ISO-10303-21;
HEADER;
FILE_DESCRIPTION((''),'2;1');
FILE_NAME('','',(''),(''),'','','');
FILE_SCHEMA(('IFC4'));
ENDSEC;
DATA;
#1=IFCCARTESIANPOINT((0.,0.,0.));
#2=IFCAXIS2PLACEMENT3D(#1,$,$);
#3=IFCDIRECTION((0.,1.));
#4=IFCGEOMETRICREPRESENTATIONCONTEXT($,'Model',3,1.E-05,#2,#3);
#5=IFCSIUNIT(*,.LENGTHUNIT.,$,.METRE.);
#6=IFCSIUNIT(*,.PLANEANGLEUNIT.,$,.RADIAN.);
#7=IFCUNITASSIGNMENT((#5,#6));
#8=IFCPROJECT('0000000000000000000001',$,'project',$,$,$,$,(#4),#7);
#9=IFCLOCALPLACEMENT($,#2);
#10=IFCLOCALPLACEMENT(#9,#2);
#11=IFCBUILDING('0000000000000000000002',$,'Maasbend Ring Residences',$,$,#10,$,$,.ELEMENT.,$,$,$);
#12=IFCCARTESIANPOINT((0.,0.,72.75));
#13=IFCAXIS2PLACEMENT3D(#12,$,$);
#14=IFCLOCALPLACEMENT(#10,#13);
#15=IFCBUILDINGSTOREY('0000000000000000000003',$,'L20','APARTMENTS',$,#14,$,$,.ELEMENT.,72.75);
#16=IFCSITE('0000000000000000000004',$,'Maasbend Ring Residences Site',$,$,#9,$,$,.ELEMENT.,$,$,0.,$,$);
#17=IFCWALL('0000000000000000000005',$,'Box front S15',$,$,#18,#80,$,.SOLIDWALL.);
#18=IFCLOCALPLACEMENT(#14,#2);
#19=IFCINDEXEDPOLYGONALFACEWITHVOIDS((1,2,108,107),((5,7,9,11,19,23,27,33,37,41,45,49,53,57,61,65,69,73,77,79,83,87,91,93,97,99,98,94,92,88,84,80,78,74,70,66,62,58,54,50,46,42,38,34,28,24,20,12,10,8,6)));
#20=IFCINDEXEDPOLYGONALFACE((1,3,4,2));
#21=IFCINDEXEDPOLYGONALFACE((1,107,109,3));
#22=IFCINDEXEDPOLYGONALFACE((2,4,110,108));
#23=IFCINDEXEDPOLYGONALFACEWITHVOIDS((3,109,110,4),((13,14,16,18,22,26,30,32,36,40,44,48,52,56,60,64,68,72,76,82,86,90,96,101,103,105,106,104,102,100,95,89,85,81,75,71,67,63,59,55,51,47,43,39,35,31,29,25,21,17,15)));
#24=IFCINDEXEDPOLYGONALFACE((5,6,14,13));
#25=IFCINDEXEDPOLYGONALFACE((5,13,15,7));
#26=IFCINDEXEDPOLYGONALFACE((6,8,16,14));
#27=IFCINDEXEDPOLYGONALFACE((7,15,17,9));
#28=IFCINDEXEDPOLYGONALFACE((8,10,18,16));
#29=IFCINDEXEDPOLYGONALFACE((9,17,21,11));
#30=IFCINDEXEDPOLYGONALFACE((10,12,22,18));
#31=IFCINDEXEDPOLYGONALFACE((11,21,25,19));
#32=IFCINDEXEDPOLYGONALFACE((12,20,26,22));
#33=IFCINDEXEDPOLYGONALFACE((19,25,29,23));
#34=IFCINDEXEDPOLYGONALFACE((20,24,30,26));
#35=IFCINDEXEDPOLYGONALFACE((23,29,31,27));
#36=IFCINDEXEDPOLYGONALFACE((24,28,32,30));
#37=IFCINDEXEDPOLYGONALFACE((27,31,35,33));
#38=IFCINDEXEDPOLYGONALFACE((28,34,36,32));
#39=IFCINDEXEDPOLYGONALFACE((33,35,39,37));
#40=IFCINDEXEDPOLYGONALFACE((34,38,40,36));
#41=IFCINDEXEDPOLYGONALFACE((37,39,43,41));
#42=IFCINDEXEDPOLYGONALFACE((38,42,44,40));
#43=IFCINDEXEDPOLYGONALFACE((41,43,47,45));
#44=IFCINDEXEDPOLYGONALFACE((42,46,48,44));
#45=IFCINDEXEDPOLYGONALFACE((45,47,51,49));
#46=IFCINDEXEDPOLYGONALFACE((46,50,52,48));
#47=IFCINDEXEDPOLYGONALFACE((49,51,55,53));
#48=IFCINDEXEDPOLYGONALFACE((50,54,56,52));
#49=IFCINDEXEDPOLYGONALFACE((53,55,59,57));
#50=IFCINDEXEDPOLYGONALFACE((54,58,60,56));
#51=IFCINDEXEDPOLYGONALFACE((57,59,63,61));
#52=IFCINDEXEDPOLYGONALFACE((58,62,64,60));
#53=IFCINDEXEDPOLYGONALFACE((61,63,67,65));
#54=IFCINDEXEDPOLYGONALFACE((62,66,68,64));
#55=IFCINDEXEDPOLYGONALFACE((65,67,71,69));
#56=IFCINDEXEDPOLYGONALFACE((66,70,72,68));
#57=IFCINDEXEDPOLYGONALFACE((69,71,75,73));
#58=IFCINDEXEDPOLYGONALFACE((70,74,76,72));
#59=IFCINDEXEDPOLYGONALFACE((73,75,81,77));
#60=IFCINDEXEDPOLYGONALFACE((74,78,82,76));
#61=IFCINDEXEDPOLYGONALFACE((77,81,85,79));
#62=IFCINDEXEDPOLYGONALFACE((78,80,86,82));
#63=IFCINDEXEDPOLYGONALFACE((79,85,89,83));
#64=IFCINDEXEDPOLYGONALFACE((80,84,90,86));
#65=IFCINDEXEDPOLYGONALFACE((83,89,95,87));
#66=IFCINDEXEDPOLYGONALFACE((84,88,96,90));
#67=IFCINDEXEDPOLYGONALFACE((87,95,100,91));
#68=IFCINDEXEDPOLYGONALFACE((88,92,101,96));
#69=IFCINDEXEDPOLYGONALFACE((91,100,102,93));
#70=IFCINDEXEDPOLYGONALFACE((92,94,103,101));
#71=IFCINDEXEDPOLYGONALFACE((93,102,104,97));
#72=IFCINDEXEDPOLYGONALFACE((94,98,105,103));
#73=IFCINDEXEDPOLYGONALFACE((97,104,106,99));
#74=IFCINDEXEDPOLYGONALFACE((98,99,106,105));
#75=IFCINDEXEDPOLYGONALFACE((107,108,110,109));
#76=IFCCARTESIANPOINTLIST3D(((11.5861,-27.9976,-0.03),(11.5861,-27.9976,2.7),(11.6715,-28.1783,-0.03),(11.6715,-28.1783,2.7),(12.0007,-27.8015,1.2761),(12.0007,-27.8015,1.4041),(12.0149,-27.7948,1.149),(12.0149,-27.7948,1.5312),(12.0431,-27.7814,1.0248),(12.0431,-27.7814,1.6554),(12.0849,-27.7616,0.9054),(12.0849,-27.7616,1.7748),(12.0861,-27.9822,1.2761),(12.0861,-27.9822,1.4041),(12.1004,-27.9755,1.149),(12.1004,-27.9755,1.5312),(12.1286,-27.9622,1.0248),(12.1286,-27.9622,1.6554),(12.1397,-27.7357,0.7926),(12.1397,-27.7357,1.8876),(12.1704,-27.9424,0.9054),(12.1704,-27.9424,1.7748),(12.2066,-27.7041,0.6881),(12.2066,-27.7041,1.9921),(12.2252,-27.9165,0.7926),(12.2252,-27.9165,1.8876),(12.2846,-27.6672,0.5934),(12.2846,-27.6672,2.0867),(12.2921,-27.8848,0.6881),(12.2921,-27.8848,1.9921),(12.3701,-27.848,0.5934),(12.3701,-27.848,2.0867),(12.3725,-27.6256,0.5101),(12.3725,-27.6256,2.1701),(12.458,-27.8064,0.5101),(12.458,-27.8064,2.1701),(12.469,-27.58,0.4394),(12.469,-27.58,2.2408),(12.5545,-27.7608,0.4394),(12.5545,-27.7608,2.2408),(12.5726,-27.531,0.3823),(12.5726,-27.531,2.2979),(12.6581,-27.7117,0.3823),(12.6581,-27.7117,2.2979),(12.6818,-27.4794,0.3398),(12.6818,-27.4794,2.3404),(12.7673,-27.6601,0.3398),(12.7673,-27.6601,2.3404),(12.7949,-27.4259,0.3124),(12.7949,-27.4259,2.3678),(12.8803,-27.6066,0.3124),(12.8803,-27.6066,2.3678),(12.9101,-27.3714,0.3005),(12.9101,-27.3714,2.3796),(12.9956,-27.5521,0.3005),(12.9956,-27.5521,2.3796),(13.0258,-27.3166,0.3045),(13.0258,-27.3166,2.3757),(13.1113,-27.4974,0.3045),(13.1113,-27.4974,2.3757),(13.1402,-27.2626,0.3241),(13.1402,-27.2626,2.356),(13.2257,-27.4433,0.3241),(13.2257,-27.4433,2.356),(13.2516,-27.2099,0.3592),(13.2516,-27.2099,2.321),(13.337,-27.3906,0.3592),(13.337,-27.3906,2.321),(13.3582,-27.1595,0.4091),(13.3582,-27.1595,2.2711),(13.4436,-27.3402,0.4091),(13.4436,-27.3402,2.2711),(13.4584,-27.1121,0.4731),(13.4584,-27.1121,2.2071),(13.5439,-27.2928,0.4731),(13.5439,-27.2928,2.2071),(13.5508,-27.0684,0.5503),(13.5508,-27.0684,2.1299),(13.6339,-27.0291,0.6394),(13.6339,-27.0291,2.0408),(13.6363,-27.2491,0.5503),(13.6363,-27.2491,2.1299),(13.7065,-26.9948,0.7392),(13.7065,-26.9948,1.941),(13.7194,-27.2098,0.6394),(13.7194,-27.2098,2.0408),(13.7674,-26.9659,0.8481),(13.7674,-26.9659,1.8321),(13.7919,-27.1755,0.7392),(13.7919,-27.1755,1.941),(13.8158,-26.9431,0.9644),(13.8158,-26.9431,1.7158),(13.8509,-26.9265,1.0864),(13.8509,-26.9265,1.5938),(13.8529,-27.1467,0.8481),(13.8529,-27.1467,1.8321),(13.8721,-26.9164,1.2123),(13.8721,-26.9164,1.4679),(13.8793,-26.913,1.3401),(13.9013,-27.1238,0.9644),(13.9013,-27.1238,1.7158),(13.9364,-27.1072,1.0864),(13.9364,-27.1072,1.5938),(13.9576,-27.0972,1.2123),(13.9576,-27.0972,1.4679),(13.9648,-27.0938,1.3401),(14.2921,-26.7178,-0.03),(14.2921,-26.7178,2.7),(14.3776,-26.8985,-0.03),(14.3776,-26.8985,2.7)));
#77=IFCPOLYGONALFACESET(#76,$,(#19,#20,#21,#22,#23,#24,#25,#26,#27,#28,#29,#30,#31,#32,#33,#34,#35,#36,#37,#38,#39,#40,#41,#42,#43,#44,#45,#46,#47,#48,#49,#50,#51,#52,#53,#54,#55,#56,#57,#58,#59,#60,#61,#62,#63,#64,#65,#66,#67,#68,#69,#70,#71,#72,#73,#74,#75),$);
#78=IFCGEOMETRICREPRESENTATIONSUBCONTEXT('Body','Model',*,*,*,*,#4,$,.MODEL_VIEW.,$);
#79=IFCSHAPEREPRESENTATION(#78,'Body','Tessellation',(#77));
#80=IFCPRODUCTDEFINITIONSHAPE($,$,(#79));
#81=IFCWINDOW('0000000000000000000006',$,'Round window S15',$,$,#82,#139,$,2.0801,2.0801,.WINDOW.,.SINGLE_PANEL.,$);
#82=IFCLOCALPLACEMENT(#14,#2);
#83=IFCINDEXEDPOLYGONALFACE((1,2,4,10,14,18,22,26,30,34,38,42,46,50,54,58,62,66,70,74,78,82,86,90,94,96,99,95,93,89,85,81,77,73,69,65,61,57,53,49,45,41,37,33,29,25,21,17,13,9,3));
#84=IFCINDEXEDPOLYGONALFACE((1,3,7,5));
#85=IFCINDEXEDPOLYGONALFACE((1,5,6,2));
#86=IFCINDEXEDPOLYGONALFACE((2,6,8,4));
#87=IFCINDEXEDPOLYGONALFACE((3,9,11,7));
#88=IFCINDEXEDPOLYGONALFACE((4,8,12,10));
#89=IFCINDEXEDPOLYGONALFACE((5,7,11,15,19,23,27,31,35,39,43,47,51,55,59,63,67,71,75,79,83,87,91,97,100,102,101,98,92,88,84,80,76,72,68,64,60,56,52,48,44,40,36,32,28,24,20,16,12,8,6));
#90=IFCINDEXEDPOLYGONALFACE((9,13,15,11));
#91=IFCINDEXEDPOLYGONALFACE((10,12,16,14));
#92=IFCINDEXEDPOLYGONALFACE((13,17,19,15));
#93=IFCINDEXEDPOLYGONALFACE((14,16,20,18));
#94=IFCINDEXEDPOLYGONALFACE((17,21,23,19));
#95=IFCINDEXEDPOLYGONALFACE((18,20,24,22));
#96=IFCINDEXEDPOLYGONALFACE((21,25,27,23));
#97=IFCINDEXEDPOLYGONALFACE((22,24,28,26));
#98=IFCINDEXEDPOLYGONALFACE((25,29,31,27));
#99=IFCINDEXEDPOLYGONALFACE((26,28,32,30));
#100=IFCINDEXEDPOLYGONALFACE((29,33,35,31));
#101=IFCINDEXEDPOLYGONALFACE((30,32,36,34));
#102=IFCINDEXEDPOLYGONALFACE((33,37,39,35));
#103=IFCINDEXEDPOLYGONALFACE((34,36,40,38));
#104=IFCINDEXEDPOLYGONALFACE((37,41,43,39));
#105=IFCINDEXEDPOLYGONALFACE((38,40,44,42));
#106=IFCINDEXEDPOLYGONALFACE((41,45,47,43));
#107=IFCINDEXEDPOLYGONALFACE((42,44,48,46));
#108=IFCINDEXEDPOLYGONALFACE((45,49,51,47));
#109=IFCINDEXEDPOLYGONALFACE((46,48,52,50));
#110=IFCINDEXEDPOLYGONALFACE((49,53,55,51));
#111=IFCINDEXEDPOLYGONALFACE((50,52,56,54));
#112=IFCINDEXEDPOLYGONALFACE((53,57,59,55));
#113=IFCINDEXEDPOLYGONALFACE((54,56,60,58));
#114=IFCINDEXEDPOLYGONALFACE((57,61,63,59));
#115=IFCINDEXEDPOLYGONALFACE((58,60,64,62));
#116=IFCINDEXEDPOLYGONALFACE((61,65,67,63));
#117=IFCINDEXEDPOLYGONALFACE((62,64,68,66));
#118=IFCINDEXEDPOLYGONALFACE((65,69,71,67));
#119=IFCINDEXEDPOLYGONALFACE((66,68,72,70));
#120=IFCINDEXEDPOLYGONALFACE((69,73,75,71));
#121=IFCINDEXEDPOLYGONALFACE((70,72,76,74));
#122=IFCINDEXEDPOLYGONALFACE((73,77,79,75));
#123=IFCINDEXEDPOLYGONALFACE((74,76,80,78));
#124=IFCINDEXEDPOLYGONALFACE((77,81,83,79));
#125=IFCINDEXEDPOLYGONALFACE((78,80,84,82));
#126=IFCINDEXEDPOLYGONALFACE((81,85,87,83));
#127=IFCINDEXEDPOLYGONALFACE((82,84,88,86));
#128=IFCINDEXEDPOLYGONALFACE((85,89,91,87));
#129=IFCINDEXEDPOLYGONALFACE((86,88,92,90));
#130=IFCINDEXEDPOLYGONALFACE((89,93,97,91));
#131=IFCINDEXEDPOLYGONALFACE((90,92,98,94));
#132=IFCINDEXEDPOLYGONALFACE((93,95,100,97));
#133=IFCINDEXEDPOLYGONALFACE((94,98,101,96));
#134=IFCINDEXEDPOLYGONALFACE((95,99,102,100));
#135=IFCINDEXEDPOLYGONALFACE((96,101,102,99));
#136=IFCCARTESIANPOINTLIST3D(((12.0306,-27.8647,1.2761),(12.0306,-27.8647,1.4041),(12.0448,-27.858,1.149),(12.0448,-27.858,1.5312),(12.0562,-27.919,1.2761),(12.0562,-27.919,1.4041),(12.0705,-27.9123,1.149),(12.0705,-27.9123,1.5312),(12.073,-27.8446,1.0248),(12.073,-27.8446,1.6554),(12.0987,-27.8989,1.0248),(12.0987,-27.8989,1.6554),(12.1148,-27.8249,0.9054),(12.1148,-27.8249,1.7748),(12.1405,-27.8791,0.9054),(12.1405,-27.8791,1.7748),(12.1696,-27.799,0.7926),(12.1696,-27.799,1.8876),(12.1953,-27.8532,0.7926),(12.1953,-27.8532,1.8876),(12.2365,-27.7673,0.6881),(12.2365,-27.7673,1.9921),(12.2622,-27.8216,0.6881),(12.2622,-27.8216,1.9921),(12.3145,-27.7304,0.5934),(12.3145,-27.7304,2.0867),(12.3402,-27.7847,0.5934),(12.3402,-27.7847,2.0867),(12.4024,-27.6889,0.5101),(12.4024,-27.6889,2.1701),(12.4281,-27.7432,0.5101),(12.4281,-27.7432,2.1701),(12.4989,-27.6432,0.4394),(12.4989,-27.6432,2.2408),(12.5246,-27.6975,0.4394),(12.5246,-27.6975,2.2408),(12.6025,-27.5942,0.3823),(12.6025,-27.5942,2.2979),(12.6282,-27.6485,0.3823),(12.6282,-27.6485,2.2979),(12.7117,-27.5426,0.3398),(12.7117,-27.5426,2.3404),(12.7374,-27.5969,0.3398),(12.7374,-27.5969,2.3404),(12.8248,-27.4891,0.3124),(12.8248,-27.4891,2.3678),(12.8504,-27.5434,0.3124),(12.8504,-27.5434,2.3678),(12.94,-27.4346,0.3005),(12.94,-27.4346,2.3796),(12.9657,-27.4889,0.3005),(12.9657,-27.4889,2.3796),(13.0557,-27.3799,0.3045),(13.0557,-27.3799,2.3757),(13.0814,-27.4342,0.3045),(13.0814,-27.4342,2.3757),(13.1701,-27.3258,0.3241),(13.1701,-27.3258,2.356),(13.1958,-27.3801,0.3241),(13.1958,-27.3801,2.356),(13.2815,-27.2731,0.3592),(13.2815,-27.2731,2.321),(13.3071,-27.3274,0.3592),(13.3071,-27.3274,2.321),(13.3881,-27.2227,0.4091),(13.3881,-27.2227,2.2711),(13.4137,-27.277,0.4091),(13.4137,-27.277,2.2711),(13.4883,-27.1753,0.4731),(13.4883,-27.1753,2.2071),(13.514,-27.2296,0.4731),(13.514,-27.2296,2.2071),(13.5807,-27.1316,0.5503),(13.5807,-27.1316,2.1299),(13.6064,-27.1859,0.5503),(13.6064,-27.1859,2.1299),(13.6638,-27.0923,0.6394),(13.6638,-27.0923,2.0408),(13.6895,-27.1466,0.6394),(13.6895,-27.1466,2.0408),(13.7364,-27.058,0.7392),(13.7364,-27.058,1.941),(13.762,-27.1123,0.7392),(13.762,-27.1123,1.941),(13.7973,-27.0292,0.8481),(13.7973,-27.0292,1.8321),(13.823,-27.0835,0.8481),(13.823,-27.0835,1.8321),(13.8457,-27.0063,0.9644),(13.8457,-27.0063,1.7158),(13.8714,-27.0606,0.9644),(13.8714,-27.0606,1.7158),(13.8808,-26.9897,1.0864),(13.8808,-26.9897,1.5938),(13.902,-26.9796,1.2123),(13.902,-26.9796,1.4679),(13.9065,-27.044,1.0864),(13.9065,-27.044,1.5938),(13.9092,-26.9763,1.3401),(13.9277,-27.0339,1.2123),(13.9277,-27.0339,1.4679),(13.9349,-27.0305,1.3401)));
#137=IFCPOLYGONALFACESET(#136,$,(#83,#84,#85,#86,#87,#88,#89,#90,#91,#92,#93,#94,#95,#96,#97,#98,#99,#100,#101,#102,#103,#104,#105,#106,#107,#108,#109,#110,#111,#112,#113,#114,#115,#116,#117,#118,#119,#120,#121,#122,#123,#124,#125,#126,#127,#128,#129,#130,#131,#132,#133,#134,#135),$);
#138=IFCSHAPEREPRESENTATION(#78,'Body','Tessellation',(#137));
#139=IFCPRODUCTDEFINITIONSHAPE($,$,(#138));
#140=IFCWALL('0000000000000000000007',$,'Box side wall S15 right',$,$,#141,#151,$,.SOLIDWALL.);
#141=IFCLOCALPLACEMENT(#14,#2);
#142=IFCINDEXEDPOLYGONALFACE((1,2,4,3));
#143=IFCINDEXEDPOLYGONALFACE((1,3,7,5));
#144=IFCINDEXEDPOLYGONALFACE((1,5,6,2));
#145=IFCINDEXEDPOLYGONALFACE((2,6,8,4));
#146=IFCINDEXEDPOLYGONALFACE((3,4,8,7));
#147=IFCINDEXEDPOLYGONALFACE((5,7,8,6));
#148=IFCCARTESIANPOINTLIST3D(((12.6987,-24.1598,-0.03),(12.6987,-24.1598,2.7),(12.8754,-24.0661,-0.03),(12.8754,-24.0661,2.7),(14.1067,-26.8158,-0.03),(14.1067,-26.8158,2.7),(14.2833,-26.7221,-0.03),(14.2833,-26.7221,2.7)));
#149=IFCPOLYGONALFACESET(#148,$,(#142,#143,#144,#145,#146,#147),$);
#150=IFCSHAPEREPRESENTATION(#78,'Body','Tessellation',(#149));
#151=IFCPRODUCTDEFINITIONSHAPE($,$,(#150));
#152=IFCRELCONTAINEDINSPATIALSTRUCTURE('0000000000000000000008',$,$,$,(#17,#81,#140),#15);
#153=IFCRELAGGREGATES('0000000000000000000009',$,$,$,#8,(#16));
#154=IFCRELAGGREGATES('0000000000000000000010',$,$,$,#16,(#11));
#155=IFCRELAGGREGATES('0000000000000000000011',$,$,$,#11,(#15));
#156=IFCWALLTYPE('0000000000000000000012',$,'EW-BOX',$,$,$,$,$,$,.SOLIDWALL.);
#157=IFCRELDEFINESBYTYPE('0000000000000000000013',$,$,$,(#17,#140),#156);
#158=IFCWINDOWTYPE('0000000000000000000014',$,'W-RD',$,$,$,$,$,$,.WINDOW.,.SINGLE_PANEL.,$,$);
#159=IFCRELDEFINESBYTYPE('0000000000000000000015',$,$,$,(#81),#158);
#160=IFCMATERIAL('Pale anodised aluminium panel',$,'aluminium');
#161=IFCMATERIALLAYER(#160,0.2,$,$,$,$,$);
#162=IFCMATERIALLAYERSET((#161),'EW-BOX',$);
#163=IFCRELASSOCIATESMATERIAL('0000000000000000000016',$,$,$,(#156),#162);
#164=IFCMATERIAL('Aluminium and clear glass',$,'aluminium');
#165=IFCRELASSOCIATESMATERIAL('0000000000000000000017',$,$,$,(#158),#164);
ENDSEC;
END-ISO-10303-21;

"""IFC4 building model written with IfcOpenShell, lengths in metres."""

from ifc_helpers import new_model, si_unit, direction, frame, frame_2d, origin, place, context, subcontext, project, spatial, rectangle, circle, extrude, material, layer, layer_set, type_object, element, fill, save


model = new_model("IFC4")

# Units and contexts
model_context = context("Model", 3, precision=1e-05, world=origin(), true_north=direction((0.0, 1.0)))
body_context = subcontext(model_context, "Body", "Model", "MODEL_VIEW")
ifc_project = project(units=[si_unit("LENGTHUNIT", "METRE"), si_unit("PLANEANGLEUNIT", "RADIAN")], contexts=[model_context])

# Site, building, storey
site_placement = place(None, origin())
site = spatial("IfcSite", under=ifc_project, at=site_placement, Name="Maasbend Ring Residences Site", CompositionType="ELEMENT", RefElevation=0.0)
building_placement = place(site_placement, origin())
building = spatial("IfcBuilding", under=site, at=building_placement, Name="Maasbend Ring Residences", CompositionType="ELEMENT")
storey_placement = place(building_placement, frame((0.0, 0.0, 72.75)))
storey = spatial("IfcBuildingStorey", under=building, at=storey_placement, Name="L20", Description="APARTMENTS", CompositionType="ELEMENT", Elevation=72.75)

# Wall, opening, window
ifc_material_1 = material(Name="Pale anodised aluminium panel", Category="aluminium")
ifc_layer_1 = layer(ifc_material_1, 0.2)
ifc_layer_set_1 = layer_set([ifc_layer_1], Name="EW-BOX")
wall_type_1 = type_object("IfcWallType", Name="EW-BOX", PredefinedType="SOLIDWALL", material=ifc_layer_set_1)
wall_1_placement = place(storey_placement, frame((11.6289, -28.0879, -0.03), z_axis=(0.0, 0.0, 1.0), x_axis=(0.904, 0.427532, 0.0)))
wall_1 = element("IfcWall", 1, at=wall_1_placement, inside=storey, type_object=wall_type_1, Name="Box front S15", PredefinedType="SOLIDWALL", context=body_context, shape_type="SweptSolid", body=[
    extrude(rectangle(XDim=2.9934, YDim=0.2, at=frame_2d((1.4966, 0.0))), origin(), (0.0, 0.0, 1.0), 2.73),
])
opening_1_placement = place(wall_1_placement, frame((0.4565, 0.0, 0.3301)))
opening_1 = element("IfcOpeningElement", 2, at=opening_1_placement, cuts=wall_1, PredefinedType="OPENING", context=body_context, shape_type="SweptSolid", body=[
    extrude(circle(Radius=1.04, at=frame_2d((1.04, 1.04))), frame((0.0, 0.1099, 0.0), z_axis=(0.0, -1.0, 0.0), x_axis=(1.0, 0.0, 0.0)), (0.0, 0.0, 1.0), 0.22),
])
ifc_material_2 = material(Name="Aluminium and clear glass", Category="aluminium")
window_type_1 = type_object("IfcWindowType", Name="W-RD", PartitioningType="SINGLE_PANEL", PredefinedType="WINDOW", material=ifc_material_2)
window_1_placement = place(opening_1_placement, origin())
window_1 = element("IfcWindow", 3, at=window_1_placement, inside=storey, type_object=window_type_1, Name="Round window S15", OverallHeight=2.0801, OverallWidth=2.0801, PartitioningType="SINGLE_PANEL", PredefinedType="WINDOW", context=body_context, shape_type="SweptSolid", body=[
    extrude(circle(Radius=1.04, at=frame_2d((1.04, 1.04))), frame((0.0, 0.03, 0.0), z_axis=(0.0, -1.0, 0.0), x_axis=(1.0, 0.0, 0.0)), (0.0, 0.0, 1.0), 0.0601),
])
fill(opening_1, window_1)

# Wall
wall_2_placement = place(storey_placement, frame((12.7871, -24.113, -0.03), z_axis=(0.0, 0.0, 1.0), x_axis=(0.468365, -0.883535, 0.0)))
element("IfcWall", 4, at=wall_2_placement, inside=storey, type_object=wall_type_1, Name="Box side wall S15 right", PredefinedType="SOLIDWALL", context=body_context, shape_type="SweptSolid", body=[
    extrude(rectangle(XDim=3.0061, YDim=0.2, at=frame_2d((1.5029, 0.0))), origin(), (0.0, 0.0, 1.0), 2.73),
])

save(model, "model.ifc")
